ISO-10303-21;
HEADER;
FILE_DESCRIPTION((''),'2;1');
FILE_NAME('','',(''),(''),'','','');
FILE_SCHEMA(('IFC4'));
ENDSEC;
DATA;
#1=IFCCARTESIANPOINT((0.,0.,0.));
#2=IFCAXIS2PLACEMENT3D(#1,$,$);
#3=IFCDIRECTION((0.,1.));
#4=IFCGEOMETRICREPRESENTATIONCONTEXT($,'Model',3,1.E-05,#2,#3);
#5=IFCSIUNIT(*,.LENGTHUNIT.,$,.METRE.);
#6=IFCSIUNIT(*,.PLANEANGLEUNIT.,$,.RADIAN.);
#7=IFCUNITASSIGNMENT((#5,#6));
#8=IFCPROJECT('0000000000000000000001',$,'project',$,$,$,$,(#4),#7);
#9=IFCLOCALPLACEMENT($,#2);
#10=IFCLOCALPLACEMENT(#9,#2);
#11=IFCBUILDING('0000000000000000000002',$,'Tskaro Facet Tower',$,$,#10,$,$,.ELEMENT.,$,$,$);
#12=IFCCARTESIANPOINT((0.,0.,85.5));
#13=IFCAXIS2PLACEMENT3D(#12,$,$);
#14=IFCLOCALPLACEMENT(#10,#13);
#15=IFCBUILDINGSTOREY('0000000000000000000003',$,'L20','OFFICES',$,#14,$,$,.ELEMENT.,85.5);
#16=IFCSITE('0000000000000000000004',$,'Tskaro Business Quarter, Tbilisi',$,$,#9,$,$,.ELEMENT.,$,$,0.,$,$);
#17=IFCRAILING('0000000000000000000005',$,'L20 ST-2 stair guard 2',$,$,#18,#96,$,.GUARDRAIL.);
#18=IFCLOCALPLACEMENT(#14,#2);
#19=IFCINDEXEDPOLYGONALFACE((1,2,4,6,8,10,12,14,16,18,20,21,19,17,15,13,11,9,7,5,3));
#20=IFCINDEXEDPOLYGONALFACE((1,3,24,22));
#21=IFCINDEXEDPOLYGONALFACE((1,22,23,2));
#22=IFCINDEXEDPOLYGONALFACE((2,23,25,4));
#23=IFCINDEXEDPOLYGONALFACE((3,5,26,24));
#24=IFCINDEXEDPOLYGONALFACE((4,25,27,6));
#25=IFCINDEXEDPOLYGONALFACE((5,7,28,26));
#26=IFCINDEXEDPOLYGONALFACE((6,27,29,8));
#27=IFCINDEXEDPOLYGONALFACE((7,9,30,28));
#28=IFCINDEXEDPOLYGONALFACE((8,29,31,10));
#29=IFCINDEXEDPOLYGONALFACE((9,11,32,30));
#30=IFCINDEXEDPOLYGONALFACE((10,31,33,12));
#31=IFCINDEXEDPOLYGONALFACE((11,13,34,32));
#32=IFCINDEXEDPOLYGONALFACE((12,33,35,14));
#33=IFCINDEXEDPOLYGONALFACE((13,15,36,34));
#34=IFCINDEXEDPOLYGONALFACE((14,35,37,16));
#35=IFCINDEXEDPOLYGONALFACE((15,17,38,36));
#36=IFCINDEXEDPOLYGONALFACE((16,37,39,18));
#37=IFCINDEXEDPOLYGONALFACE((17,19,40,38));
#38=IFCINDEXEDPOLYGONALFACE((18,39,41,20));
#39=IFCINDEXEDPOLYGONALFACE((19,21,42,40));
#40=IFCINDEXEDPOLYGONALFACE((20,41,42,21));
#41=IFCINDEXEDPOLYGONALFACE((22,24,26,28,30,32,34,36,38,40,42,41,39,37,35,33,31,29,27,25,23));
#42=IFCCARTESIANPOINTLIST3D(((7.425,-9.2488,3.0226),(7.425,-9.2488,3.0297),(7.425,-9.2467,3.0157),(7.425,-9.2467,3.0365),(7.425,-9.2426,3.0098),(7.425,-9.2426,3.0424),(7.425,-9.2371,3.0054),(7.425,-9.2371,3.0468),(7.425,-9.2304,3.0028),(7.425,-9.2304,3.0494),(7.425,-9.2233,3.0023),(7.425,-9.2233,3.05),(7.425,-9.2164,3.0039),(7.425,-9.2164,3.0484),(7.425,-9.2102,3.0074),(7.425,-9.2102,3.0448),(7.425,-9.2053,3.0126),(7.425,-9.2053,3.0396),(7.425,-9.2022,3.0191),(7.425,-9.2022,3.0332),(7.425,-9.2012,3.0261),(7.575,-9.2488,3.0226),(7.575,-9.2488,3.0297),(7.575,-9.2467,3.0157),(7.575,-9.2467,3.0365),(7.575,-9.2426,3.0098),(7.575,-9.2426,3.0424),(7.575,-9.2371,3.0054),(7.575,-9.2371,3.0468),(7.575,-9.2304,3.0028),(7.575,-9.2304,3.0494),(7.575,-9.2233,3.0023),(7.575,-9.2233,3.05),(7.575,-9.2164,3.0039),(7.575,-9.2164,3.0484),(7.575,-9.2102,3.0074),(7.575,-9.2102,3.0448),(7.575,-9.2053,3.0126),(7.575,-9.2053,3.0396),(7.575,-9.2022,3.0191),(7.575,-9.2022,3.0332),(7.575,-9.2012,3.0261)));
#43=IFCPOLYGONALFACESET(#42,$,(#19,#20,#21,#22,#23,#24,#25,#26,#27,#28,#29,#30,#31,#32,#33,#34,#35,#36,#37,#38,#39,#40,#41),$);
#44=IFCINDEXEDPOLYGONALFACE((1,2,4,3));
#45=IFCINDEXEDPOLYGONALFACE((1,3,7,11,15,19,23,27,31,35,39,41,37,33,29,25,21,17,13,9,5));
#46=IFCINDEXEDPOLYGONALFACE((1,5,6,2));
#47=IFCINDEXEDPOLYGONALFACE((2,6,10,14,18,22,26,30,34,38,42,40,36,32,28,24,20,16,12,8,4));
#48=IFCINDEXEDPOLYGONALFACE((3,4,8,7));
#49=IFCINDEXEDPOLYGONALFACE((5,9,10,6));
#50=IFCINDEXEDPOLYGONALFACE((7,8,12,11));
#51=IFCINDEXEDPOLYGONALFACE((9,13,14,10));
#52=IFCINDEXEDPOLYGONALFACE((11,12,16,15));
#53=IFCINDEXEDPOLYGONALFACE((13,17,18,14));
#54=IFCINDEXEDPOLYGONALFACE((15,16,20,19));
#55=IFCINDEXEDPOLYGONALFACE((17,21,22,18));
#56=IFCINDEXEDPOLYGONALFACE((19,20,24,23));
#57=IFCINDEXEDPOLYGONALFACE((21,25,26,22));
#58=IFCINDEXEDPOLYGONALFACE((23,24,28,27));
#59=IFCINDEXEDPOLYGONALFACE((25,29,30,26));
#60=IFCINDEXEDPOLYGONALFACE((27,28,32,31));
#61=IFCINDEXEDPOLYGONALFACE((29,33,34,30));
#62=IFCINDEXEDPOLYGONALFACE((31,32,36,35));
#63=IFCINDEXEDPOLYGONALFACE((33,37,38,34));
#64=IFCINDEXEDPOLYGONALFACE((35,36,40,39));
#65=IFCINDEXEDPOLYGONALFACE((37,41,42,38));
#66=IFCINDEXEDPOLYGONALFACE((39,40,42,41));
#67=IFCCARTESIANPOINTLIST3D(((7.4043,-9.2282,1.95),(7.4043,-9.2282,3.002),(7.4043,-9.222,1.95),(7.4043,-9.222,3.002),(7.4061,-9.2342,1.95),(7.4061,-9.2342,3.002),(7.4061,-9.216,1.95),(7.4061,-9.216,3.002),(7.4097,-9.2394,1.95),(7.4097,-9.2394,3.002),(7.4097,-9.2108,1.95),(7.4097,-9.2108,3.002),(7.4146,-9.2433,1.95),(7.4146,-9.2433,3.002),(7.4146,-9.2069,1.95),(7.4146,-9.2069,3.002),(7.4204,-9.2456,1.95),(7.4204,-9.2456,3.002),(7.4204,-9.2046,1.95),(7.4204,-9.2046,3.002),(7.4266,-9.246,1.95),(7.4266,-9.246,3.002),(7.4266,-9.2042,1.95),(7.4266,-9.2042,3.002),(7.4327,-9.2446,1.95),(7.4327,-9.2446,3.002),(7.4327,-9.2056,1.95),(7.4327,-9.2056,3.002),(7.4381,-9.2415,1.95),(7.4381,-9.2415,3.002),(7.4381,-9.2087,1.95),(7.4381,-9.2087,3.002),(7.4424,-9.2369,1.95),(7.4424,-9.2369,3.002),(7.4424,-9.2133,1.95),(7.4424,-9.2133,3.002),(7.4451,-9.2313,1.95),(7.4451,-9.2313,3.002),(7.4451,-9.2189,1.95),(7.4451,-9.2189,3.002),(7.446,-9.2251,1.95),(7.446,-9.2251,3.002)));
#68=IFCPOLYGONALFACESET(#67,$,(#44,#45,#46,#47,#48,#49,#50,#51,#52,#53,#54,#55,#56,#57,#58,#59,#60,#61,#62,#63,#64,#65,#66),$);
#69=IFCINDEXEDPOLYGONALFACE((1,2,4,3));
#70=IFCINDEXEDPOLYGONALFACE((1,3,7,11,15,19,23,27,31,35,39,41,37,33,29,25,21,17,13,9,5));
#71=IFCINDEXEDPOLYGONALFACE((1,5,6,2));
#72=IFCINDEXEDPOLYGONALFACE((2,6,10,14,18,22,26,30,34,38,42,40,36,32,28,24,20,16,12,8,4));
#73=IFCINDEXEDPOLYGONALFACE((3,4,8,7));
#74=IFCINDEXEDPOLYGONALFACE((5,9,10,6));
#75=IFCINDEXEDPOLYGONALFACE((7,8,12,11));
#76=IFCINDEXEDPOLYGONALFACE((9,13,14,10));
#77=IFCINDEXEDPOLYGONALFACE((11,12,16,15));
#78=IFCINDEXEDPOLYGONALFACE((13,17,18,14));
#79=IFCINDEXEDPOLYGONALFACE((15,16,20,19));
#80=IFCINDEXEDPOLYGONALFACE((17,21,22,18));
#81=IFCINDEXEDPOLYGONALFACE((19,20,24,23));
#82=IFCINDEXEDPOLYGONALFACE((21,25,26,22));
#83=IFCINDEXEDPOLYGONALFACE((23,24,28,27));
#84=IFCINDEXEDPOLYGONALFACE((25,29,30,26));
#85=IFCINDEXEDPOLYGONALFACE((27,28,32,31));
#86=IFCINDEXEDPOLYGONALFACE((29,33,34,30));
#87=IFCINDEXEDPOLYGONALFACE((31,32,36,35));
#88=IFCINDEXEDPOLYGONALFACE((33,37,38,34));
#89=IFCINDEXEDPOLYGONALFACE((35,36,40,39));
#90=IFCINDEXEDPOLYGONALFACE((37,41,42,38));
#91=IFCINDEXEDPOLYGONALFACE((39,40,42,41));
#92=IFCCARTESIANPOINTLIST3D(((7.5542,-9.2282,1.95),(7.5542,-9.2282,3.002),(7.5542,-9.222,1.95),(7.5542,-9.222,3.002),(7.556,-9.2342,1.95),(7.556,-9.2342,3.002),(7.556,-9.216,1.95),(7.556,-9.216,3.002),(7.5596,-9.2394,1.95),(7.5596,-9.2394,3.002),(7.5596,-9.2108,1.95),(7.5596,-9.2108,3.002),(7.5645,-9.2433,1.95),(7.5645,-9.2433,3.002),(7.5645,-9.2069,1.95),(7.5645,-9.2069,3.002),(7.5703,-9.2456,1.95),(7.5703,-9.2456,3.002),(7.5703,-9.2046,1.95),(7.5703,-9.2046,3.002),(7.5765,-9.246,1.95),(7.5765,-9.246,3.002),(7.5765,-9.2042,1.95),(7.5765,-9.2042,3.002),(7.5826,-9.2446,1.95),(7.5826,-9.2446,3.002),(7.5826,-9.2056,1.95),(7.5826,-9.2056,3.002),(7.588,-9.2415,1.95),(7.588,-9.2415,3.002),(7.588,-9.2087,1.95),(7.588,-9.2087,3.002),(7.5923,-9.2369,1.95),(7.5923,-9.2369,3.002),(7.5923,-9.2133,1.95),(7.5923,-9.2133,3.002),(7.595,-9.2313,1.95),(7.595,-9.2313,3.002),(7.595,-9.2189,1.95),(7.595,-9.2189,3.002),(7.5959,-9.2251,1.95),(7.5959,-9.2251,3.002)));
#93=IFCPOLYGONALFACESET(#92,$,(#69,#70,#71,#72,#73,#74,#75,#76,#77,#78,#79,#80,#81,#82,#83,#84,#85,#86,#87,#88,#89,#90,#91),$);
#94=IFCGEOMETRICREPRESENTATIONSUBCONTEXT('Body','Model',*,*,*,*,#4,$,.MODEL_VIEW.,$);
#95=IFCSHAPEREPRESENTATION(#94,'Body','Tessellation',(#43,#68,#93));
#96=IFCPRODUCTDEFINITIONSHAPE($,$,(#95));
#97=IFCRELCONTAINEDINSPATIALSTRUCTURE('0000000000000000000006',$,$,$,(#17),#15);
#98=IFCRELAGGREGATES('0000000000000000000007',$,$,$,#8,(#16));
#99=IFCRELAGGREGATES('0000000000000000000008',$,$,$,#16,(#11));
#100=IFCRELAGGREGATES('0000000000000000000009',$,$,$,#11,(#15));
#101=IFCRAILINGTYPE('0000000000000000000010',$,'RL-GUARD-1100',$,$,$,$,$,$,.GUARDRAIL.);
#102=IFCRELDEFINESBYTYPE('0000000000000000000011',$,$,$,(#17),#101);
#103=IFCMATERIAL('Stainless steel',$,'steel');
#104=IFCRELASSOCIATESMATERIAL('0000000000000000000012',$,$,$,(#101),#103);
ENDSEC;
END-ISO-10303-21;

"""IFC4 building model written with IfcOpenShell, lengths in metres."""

from ifc_helpers import new_model, si_unit, direction, frame, origin, origin_2d, place, context, subcontext, project, spatial, circle, extrude, material, type_object, element, save


model = new_model("IFC4")

# Units and contexts
model_context = context("Model", 3, precision=1e-05, world=origin(), true_north=direction((0.0, 1.0)))
body_context = subcontext(model_context, "Body", "Model", "MODEL_VIEW")
ifc_project = project(units=[si_unit("LENGTHUNIT", "METRE"), si_unit("PLANEANGLEUNIT", "RADIAN")], contexts=[model_context])

# Site, building, storey
site_placement = place(None, origin())
site = spatial("IfcSite", under=ifc_project, at=site_placement, Name="Tskaro Business Quarter, Tbilisi", CompositionType="ELEMENT", RefElevation=0.0)
building_placement = place(site_placement, origin())
building = spatial("IfcBuilding", under=site, at=building_placement, Name="Tskaro Facet Tower", CompositionType="ELEMENT")
storey_placement = place(building_placement, frame((0.0, 0.0, 85.5)))
storey = spatial("IfcBuildingStorey", under=building, at=storey_placement, Name="L20", Description="OFFICES", CompositionType="ELEMENT", Elevation=85.5)

# Railing
ifc_material_1 = material(Name="Stainless steel", Category="steel")
railing_type_1 = type_object("IfcRailingType", Name="RL-GUARD-1100", PredefinedType="GUARDRAIL", material=ifc_material_1)
railing_1_placement = place(storey_placement, frame((7.425, -9.2251, 1.95)))
element("IfcRailing", 1, at=railing_1_placement, inside=storey, type_object=railing_type_1, Name="L20 ST-2 stair guard 2", PredefinedType="GUARDRAIL", context=body_context, shape_type="SweptSolid", body=[
    extrude(circle(Radius=0.0239, at=origin_2d()), frame((0.0, 0.0, 1.0762), z_axis=(1.0, 0.0, 0.0), x_axis=(0.0, 1.0, 0.0)), (0.0, 0.0, 1.0), 0.1499),
    extrude(circle(Radius=0.021, at=origin_2d()), origin(), (0.0, 0.0, 1.0), 1.052),
    extrude(circle(Radius=0.021, at=origin_2d()), frame((0.1499, 0.0, 0.0)), (0.0, 0.0, 1.0), 1.052),
])

save(model, "model.ifc")
